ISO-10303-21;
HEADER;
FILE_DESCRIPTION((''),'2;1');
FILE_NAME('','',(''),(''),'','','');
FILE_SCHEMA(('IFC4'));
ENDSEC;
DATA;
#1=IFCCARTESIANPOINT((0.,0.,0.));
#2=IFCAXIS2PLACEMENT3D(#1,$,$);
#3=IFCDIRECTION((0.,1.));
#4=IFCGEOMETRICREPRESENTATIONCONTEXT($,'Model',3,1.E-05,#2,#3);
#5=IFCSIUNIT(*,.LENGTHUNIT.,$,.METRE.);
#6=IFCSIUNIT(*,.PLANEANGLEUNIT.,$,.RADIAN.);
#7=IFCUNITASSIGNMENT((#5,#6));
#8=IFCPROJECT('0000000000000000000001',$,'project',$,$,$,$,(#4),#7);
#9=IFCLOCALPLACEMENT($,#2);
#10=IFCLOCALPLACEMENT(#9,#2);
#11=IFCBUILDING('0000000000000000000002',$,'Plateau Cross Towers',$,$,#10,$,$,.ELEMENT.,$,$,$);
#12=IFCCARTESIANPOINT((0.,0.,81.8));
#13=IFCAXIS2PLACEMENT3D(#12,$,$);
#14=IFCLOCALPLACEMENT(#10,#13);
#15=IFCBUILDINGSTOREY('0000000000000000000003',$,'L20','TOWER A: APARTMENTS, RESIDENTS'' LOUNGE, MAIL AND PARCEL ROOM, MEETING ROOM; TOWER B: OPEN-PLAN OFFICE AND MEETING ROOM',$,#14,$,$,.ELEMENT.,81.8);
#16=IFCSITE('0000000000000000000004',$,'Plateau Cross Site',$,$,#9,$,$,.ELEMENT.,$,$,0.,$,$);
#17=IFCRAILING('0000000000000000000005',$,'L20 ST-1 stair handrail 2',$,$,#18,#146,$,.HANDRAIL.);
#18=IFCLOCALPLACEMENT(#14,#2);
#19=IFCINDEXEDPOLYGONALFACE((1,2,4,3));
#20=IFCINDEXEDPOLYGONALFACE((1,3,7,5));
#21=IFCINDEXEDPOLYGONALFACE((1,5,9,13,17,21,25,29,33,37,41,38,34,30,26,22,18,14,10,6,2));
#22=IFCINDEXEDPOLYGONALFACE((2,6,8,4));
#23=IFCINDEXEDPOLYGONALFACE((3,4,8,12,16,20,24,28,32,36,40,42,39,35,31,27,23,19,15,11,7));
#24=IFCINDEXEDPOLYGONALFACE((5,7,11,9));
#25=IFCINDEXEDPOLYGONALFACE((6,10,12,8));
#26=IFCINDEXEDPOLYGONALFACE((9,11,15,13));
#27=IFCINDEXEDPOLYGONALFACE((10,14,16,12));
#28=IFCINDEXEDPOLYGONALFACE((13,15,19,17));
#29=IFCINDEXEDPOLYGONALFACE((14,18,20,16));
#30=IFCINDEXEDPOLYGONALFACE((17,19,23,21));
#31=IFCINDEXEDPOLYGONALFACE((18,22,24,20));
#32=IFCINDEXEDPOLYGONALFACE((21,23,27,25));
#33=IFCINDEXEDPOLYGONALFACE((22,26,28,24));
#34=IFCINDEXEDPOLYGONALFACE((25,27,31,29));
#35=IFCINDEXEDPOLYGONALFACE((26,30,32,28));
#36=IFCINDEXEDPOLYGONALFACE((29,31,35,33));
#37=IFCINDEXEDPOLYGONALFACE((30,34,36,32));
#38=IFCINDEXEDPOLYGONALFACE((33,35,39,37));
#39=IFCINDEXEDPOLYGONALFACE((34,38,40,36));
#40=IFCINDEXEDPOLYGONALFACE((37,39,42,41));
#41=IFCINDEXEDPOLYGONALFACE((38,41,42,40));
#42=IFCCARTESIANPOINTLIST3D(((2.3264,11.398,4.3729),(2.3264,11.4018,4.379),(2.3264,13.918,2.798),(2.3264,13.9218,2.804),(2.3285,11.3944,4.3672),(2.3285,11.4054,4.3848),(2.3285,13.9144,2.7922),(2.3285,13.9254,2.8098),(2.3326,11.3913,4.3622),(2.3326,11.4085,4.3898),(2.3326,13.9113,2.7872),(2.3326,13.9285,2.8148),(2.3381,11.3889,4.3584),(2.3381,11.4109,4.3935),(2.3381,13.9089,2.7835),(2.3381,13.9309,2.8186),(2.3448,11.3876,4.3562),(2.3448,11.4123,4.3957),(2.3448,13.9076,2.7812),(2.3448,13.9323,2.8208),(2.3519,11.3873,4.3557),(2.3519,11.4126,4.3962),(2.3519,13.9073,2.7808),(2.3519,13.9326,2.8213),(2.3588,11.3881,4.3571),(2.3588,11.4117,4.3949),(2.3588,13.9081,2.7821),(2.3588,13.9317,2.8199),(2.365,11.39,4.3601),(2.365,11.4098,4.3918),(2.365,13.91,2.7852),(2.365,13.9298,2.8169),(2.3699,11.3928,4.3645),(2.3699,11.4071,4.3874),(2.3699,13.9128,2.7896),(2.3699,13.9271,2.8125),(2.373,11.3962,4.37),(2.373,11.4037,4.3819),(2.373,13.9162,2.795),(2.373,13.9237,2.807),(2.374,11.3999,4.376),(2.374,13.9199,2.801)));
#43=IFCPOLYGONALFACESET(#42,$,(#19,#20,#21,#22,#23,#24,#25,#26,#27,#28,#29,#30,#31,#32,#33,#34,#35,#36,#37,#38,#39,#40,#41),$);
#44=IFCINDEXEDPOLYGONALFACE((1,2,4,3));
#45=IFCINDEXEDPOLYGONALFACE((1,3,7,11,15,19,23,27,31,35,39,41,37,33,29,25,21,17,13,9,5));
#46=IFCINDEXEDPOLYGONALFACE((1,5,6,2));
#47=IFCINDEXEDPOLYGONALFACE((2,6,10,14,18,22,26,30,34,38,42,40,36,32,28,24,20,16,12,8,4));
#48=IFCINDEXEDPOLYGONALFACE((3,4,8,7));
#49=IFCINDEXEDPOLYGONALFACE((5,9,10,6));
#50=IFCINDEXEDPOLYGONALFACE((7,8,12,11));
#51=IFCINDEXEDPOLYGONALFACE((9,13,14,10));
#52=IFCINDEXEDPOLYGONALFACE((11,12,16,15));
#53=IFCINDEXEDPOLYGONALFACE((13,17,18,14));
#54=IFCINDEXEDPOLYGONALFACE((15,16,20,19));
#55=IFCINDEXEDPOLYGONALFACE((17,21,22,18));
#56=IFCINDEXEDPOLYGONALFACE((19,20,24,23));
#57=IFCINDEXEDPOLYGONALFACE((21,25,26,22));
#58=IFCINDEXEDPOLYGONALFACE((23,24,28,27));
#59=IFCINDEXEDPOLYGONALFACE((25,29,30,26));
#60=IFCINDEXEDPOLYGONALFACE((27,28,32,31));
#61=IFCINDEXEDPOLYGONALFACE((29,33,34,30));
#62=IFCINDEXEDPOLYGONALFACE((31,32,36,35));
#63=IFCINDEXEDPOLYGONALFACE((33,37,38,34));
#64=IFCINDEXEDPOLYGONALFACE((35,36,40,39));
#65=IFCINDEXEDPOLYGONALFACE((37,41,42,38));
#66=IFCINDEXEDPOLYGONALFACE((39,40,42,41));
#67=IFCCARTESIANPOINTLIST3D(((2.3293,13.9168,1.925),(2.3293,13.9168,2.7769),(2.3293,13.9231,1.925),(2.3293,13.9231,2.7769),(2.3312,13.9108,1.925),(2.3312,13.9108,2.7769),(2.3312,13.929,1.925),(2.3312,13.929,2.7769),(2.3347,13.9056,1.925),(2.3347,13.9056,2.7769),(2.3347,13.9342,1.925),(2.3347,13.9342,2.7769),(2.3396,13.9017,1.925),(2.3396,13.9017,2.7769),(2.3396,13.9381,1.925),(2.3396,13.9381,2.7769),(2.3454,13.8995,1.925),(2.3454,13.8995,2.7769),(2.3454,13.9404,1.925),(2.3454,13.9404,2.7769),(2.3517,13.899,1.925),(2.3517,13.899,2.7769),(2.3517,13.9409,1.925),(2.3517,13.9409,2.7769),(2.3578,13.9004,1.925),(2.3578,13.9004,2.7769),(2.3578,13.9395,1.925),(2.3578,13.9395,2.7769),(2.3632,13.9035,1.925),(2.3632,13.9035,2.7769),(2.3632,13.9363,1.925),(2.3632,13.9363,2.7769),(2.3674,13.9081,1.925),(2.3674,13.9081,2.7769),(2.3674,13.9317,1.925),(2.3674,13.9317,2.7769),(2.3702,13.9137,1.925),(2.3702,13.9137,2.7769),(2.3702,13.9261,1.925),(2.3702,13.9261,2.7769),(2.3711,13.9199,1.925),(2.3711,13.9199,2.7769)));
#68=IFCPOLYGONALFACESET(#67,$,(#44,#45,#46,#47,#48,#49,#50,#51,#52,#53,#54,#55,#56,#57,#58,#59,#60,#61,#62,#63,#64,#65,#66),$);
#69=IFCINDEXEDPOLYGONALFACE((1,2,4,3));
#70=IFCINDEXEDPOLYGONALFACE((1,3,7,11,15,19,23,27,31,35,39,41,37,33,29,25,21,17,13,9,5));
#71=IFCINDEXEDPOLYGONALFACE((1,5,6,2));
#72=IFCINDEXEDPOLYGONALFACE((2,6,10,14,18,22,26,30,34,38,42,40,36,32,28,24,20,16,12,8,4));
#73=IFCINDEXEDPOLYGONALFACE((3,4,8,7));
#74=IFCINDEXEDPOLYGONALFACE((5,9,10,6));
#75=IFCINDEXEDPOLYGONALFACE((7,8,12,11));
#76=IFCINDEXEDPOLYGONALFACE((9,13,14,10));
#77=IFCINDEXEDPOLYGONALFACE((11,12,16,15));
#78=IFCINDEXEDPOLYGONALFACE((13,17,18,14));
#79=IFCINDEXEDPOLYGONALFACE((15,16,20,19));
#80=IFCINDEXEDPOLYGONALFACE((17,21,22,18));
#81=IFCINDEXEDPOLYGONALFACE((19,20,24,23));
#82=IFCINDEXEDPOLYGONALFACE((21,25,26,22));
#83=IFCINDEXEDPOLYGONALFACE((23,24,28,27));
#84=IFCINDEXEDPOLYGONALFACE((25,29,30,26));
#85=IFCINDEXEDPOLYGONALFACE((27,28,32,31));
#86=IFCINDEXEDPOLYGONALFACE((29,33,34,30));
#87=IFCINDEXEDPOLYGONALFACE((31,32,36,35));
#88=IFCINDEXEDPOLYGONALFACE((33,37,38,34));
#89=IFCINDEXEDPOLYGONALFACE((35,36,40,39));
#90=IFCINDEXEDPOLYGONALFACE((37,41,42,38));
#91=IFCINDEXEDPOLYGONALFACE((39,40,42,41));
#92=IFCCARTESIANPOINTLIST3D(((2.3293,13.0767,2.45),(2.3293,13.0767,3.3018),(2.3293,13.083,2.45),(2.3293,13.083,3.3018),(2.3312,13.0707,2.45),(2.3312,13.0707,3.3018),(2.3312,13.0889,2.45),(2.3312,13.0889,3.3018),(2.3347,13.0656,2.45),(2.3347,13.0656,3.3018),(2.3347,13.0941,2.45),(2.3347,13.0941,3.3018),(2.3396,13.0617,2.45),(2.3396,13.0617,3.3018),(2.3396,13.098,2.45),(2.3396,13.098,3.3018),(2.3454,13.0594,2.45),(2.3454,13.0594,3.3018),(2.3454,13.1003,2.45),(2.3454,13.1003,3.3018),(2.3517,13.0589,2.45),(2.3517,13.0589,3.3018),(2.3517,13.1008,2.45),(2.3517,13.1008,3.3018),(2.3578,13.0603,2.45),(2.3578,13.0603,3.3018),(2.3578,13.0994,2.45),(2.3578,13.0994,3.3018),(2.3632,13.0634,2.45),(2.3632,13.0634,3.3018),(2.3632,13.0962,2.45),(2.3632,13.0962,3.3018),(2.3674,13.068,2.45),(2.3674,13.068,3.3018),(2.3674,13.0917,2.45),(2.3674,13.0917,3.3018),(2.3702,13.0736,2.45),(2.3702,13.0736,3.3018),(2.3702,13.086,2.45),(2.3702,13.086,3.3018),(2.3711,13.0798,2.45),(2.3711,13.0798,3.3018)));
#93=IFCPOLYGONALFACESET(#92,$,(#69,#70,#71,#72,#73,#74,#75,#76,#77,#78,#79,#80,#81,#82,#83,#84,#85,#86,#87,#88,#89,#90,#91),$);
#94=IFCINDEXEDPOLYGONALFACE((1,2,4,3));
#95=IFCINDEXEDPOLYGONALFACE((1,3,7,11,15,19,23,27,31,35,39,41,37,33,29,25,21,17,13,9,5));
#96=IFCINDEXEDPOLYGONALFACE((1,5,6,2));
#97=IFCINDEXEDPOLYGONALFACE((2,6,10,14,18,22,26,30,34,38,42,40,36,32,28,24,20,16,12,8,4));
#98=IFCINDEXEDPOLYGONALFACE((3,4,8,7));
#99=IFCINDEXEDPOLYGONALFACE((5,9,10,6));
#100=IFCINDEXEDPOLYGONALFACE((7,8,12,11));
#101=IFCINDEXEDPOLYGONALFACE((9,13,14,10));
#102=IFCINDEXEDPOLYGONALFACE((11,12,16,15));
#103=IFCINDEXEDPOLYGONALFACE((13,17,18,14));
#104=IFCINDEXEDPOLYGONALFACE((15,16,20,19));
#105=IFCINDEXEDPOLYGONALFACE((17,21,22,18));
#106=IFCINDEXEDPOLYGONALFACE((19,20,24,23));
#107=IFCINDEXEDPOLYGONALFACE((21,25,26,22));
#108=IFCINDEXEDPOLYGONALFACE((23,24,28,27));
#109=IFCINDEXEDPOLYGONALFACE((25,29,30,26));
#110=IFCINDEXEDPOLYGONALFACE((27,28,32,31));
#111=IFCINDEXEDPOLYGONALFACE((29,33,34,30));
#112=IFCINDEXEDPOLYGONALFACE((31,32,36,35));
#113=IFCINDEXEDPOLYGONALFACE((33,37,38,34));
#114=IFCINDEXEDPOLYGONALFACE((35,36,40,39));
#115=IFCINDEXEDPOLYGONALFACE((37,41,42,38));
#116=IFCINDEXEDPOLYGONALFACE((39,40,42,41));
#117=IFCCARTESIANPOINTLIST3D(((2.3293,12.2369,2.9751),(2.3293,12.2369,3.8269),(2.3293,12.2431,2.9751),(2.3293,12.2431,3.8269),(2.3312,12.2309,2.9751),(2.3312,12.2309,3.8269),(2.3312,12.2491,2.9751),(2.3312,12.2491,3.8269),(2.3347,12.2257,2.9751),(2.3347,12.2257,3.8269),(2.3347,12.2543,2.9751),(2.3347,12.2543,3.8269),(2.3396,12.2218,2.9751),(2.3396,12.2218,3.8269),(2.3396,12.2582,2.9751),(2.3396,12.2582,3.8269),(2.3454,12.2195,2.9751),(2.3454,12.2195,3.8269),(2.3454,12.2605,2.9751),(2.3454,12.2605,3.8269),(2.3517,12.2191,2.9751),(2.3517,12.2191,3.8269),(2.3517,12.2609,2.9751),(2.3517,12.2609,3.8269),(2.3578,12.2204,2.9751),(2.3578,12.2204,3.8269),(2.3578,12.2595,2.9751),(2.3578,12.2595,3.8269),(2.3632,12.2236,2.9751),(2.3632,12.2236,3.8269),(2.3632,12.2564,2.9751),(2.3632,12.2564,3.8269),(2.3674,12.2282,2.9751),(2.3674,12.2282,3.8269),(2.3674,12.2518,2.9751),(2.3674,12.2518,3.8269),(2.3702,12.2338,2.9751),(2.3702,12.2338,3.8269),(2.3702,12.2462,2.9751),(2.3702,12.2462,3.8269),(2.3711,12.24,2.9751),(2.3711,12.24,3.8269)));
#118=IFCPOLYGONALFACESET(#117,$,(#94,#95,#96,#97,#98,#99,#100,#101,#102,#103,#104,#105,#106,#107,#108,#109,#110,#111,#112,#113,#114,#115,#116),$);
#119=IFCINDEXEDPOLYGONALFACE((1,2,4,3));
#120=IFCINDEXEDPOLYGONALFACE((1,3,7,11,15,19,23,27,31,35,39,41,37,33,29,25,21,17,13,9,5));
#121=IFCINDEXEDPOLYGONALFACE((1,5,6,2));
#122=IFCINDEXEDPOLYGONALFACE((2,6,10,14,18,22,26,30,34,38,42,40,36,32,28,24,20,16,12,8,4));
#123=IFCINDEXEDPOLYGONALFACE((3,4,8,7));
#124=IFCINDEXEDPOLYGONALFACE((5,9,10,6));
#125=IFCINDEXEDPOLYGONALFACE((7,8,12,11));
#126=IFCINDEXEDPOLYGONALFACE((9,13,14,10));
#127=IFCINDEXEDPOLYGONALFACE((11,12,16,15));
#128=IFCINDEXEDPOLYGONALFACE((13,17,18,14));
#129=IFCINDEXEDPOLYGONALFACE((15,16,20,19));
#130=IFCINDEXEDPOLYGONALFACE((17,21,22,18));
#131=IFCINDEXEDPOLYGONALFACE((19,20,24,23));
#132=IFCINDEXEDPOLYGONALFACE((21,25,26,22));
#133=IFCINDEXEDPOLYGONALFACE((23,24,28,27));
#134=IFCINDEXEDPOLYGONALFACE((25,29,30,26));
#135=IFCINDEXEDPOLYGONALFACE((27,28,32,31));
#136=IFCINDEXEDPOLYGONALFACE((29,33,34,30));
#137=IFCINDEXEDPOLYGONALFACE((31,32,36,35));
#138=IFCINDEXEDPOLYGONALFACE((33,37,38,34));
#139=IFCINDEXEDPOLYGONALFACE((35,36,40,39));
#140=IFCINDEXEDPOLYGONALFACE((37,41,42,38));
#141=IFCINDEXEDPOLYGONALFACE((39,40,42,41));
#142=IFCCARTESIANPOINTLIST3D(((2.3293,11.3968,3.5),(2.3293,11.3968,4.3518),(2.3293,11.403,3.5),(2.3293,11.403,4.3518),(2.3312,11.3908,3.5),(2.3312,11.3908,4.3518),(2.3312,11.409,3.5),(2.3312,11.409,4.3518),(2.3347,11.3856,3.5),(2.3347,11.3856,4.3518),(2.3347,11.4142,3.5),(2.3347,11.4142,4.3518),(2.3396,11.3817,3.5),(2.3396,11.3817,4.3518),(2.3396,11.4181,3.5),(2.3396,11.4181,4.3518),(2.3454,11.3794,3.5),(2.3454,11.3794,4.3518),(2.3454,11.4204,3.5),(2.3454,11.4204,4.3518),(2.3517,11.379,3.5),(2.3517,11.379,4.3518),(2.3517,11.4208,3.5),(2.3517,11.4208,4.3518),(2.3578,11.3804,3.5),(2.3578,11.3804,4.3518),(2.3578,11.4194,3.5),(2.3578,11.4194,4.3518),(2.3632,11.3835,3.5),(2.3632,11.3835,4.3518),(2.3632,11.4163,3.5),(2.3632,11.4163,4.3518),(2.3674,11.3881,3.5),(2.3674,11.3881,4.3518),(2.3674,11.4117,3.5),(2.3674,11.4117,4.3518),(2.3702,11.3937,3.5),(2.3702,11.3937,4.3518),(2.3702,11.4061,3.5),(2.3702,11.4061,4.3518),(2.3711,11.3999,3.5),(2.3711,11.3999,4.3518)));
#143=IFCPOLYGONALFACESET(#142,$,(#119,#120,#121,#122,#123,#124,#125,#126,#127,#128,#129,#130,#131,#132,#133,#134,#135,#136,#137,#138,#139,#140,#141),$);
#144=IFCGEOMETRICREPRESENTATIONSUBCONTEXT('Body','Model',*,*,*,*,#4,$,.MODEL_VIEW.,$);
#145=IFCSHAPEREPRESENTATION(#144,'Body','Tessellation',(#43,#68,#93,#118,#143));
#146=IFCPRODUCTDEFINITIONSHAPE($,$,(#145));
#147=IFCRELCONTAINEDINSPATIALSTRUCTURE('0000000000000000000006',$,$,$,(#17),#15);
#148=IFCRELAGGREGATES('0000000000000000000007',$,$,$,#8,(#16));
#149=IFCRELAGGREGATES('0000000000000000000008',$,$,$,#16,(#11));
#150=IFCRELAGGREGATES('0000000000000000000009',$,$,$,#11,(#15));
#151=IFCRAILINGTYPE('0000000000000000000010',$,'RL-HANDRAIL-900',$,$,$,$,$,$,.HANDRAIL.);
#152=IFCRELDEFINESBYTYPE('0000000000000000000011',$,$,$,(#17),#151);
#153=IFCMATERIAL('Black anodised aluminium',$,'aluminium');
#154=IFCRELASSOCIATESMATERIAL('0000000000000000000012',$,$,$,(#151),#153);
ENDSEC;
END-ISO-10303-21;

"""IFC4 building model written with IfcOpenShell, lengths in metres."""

from ifc_helpers import new_model, si_unit, direction, frame, origin, origin_2d, place, context, subcontext, project, spatial, circle, extrude, material, type_object, element, save


model = new_model("IFC4")

# Units and contexts
model_context = context("Model", 3, precision=1e-05, world=origin(), true_north=direction((0.0, 1.0)))
body_context = subcontext(model_context, "Body", "Model", "MODEL_VIEW")
ifc_project = project(units=[si_unit("LENGTHUNIT", "METRE"), si_unit("PLANEANGLEUNIT", "RADIAN")], contexts=[model_context])

# Site, building, storey
site_placement = place(None, origin())
site = spatial("IfcSite", under=ifc_project, at=site_placement, Name="Plateau Cross Site", CompositionType="ELEMENT", RefElevation=0.0)
building_placement = place(site_placement, origin())
building = spatial("IfcBuilding", under=site, at=building_placement, Name="Plateau Cross Towers", CompositionType="ELEMENT")
storey_placement = place(building_placement, frame((0.0, 0.0, 81.8)))
storey = spatial("IfcBuildingStorey", under=building, at=storey_placement, Name="L20", Description="TOWER A: APARTMENTS, RESIDENTS' LOUNGE, MAIL AND PARCEL ROOM, MEETING ROOM; TOWER B: OPEN-PLAN OFFICE AND MEETING ROOM", CompositionType="ELEMENT", Elevation=81.8)

# Shared definitions
ifc_material_1 = material(Name="Black anodised aluminium", Category="aluminium")

# Railing
railing_type_1 = type_object("IfcRailingType", Name="RL-HANDRAIL-900", PredefinedType="HANDRAIL", material=ifc_material_1)
railing_1_placement = place(storey_placement, frame((2.3501, 13.9199, 1.925)))
element("IfcRailing", 1, at=railing_1_placement, inside=storey, type_object=railing_type_1, Name="L20 ST-1 stair handrail 2", PredefinedType="HANDRAIL", context=body_context, shape_type="SweptSolid", body=[
    extrude(circle(Radius=0.0239, at=origin_2d()), frame((0.0, 0.0, 0.876), z_axis=(0.0, -0.848008, 0.529984), x_axis=(1.0, 0.0, 0.0)), (0.0, 0.0, 1.0), 2.9717),
    extrude(circle(Radius=0.021, at=origin_2d()), origin(), (0.0, 0.0, 1.0), 0.8518),
    extrude(circle(Radius=0.021, at=origin_2d()), frame((0.0, -0.8401, 0.5249)), (0.0, 0.0, 1.0), 0.8518),
    extrude(circle(Radius=0.021, at=origin_2d()), frame((0.0, -1.6799, 1.05)), (0.0, 0.0, 1.0), 0.8518),
    extrude(circle(Radius=0.021, at=origin_2d()), frame((0.0, -2.52, 1.575)), (0.0, 0.0, 1.0), 0.8518),
])

save(model, "model.ifc")
